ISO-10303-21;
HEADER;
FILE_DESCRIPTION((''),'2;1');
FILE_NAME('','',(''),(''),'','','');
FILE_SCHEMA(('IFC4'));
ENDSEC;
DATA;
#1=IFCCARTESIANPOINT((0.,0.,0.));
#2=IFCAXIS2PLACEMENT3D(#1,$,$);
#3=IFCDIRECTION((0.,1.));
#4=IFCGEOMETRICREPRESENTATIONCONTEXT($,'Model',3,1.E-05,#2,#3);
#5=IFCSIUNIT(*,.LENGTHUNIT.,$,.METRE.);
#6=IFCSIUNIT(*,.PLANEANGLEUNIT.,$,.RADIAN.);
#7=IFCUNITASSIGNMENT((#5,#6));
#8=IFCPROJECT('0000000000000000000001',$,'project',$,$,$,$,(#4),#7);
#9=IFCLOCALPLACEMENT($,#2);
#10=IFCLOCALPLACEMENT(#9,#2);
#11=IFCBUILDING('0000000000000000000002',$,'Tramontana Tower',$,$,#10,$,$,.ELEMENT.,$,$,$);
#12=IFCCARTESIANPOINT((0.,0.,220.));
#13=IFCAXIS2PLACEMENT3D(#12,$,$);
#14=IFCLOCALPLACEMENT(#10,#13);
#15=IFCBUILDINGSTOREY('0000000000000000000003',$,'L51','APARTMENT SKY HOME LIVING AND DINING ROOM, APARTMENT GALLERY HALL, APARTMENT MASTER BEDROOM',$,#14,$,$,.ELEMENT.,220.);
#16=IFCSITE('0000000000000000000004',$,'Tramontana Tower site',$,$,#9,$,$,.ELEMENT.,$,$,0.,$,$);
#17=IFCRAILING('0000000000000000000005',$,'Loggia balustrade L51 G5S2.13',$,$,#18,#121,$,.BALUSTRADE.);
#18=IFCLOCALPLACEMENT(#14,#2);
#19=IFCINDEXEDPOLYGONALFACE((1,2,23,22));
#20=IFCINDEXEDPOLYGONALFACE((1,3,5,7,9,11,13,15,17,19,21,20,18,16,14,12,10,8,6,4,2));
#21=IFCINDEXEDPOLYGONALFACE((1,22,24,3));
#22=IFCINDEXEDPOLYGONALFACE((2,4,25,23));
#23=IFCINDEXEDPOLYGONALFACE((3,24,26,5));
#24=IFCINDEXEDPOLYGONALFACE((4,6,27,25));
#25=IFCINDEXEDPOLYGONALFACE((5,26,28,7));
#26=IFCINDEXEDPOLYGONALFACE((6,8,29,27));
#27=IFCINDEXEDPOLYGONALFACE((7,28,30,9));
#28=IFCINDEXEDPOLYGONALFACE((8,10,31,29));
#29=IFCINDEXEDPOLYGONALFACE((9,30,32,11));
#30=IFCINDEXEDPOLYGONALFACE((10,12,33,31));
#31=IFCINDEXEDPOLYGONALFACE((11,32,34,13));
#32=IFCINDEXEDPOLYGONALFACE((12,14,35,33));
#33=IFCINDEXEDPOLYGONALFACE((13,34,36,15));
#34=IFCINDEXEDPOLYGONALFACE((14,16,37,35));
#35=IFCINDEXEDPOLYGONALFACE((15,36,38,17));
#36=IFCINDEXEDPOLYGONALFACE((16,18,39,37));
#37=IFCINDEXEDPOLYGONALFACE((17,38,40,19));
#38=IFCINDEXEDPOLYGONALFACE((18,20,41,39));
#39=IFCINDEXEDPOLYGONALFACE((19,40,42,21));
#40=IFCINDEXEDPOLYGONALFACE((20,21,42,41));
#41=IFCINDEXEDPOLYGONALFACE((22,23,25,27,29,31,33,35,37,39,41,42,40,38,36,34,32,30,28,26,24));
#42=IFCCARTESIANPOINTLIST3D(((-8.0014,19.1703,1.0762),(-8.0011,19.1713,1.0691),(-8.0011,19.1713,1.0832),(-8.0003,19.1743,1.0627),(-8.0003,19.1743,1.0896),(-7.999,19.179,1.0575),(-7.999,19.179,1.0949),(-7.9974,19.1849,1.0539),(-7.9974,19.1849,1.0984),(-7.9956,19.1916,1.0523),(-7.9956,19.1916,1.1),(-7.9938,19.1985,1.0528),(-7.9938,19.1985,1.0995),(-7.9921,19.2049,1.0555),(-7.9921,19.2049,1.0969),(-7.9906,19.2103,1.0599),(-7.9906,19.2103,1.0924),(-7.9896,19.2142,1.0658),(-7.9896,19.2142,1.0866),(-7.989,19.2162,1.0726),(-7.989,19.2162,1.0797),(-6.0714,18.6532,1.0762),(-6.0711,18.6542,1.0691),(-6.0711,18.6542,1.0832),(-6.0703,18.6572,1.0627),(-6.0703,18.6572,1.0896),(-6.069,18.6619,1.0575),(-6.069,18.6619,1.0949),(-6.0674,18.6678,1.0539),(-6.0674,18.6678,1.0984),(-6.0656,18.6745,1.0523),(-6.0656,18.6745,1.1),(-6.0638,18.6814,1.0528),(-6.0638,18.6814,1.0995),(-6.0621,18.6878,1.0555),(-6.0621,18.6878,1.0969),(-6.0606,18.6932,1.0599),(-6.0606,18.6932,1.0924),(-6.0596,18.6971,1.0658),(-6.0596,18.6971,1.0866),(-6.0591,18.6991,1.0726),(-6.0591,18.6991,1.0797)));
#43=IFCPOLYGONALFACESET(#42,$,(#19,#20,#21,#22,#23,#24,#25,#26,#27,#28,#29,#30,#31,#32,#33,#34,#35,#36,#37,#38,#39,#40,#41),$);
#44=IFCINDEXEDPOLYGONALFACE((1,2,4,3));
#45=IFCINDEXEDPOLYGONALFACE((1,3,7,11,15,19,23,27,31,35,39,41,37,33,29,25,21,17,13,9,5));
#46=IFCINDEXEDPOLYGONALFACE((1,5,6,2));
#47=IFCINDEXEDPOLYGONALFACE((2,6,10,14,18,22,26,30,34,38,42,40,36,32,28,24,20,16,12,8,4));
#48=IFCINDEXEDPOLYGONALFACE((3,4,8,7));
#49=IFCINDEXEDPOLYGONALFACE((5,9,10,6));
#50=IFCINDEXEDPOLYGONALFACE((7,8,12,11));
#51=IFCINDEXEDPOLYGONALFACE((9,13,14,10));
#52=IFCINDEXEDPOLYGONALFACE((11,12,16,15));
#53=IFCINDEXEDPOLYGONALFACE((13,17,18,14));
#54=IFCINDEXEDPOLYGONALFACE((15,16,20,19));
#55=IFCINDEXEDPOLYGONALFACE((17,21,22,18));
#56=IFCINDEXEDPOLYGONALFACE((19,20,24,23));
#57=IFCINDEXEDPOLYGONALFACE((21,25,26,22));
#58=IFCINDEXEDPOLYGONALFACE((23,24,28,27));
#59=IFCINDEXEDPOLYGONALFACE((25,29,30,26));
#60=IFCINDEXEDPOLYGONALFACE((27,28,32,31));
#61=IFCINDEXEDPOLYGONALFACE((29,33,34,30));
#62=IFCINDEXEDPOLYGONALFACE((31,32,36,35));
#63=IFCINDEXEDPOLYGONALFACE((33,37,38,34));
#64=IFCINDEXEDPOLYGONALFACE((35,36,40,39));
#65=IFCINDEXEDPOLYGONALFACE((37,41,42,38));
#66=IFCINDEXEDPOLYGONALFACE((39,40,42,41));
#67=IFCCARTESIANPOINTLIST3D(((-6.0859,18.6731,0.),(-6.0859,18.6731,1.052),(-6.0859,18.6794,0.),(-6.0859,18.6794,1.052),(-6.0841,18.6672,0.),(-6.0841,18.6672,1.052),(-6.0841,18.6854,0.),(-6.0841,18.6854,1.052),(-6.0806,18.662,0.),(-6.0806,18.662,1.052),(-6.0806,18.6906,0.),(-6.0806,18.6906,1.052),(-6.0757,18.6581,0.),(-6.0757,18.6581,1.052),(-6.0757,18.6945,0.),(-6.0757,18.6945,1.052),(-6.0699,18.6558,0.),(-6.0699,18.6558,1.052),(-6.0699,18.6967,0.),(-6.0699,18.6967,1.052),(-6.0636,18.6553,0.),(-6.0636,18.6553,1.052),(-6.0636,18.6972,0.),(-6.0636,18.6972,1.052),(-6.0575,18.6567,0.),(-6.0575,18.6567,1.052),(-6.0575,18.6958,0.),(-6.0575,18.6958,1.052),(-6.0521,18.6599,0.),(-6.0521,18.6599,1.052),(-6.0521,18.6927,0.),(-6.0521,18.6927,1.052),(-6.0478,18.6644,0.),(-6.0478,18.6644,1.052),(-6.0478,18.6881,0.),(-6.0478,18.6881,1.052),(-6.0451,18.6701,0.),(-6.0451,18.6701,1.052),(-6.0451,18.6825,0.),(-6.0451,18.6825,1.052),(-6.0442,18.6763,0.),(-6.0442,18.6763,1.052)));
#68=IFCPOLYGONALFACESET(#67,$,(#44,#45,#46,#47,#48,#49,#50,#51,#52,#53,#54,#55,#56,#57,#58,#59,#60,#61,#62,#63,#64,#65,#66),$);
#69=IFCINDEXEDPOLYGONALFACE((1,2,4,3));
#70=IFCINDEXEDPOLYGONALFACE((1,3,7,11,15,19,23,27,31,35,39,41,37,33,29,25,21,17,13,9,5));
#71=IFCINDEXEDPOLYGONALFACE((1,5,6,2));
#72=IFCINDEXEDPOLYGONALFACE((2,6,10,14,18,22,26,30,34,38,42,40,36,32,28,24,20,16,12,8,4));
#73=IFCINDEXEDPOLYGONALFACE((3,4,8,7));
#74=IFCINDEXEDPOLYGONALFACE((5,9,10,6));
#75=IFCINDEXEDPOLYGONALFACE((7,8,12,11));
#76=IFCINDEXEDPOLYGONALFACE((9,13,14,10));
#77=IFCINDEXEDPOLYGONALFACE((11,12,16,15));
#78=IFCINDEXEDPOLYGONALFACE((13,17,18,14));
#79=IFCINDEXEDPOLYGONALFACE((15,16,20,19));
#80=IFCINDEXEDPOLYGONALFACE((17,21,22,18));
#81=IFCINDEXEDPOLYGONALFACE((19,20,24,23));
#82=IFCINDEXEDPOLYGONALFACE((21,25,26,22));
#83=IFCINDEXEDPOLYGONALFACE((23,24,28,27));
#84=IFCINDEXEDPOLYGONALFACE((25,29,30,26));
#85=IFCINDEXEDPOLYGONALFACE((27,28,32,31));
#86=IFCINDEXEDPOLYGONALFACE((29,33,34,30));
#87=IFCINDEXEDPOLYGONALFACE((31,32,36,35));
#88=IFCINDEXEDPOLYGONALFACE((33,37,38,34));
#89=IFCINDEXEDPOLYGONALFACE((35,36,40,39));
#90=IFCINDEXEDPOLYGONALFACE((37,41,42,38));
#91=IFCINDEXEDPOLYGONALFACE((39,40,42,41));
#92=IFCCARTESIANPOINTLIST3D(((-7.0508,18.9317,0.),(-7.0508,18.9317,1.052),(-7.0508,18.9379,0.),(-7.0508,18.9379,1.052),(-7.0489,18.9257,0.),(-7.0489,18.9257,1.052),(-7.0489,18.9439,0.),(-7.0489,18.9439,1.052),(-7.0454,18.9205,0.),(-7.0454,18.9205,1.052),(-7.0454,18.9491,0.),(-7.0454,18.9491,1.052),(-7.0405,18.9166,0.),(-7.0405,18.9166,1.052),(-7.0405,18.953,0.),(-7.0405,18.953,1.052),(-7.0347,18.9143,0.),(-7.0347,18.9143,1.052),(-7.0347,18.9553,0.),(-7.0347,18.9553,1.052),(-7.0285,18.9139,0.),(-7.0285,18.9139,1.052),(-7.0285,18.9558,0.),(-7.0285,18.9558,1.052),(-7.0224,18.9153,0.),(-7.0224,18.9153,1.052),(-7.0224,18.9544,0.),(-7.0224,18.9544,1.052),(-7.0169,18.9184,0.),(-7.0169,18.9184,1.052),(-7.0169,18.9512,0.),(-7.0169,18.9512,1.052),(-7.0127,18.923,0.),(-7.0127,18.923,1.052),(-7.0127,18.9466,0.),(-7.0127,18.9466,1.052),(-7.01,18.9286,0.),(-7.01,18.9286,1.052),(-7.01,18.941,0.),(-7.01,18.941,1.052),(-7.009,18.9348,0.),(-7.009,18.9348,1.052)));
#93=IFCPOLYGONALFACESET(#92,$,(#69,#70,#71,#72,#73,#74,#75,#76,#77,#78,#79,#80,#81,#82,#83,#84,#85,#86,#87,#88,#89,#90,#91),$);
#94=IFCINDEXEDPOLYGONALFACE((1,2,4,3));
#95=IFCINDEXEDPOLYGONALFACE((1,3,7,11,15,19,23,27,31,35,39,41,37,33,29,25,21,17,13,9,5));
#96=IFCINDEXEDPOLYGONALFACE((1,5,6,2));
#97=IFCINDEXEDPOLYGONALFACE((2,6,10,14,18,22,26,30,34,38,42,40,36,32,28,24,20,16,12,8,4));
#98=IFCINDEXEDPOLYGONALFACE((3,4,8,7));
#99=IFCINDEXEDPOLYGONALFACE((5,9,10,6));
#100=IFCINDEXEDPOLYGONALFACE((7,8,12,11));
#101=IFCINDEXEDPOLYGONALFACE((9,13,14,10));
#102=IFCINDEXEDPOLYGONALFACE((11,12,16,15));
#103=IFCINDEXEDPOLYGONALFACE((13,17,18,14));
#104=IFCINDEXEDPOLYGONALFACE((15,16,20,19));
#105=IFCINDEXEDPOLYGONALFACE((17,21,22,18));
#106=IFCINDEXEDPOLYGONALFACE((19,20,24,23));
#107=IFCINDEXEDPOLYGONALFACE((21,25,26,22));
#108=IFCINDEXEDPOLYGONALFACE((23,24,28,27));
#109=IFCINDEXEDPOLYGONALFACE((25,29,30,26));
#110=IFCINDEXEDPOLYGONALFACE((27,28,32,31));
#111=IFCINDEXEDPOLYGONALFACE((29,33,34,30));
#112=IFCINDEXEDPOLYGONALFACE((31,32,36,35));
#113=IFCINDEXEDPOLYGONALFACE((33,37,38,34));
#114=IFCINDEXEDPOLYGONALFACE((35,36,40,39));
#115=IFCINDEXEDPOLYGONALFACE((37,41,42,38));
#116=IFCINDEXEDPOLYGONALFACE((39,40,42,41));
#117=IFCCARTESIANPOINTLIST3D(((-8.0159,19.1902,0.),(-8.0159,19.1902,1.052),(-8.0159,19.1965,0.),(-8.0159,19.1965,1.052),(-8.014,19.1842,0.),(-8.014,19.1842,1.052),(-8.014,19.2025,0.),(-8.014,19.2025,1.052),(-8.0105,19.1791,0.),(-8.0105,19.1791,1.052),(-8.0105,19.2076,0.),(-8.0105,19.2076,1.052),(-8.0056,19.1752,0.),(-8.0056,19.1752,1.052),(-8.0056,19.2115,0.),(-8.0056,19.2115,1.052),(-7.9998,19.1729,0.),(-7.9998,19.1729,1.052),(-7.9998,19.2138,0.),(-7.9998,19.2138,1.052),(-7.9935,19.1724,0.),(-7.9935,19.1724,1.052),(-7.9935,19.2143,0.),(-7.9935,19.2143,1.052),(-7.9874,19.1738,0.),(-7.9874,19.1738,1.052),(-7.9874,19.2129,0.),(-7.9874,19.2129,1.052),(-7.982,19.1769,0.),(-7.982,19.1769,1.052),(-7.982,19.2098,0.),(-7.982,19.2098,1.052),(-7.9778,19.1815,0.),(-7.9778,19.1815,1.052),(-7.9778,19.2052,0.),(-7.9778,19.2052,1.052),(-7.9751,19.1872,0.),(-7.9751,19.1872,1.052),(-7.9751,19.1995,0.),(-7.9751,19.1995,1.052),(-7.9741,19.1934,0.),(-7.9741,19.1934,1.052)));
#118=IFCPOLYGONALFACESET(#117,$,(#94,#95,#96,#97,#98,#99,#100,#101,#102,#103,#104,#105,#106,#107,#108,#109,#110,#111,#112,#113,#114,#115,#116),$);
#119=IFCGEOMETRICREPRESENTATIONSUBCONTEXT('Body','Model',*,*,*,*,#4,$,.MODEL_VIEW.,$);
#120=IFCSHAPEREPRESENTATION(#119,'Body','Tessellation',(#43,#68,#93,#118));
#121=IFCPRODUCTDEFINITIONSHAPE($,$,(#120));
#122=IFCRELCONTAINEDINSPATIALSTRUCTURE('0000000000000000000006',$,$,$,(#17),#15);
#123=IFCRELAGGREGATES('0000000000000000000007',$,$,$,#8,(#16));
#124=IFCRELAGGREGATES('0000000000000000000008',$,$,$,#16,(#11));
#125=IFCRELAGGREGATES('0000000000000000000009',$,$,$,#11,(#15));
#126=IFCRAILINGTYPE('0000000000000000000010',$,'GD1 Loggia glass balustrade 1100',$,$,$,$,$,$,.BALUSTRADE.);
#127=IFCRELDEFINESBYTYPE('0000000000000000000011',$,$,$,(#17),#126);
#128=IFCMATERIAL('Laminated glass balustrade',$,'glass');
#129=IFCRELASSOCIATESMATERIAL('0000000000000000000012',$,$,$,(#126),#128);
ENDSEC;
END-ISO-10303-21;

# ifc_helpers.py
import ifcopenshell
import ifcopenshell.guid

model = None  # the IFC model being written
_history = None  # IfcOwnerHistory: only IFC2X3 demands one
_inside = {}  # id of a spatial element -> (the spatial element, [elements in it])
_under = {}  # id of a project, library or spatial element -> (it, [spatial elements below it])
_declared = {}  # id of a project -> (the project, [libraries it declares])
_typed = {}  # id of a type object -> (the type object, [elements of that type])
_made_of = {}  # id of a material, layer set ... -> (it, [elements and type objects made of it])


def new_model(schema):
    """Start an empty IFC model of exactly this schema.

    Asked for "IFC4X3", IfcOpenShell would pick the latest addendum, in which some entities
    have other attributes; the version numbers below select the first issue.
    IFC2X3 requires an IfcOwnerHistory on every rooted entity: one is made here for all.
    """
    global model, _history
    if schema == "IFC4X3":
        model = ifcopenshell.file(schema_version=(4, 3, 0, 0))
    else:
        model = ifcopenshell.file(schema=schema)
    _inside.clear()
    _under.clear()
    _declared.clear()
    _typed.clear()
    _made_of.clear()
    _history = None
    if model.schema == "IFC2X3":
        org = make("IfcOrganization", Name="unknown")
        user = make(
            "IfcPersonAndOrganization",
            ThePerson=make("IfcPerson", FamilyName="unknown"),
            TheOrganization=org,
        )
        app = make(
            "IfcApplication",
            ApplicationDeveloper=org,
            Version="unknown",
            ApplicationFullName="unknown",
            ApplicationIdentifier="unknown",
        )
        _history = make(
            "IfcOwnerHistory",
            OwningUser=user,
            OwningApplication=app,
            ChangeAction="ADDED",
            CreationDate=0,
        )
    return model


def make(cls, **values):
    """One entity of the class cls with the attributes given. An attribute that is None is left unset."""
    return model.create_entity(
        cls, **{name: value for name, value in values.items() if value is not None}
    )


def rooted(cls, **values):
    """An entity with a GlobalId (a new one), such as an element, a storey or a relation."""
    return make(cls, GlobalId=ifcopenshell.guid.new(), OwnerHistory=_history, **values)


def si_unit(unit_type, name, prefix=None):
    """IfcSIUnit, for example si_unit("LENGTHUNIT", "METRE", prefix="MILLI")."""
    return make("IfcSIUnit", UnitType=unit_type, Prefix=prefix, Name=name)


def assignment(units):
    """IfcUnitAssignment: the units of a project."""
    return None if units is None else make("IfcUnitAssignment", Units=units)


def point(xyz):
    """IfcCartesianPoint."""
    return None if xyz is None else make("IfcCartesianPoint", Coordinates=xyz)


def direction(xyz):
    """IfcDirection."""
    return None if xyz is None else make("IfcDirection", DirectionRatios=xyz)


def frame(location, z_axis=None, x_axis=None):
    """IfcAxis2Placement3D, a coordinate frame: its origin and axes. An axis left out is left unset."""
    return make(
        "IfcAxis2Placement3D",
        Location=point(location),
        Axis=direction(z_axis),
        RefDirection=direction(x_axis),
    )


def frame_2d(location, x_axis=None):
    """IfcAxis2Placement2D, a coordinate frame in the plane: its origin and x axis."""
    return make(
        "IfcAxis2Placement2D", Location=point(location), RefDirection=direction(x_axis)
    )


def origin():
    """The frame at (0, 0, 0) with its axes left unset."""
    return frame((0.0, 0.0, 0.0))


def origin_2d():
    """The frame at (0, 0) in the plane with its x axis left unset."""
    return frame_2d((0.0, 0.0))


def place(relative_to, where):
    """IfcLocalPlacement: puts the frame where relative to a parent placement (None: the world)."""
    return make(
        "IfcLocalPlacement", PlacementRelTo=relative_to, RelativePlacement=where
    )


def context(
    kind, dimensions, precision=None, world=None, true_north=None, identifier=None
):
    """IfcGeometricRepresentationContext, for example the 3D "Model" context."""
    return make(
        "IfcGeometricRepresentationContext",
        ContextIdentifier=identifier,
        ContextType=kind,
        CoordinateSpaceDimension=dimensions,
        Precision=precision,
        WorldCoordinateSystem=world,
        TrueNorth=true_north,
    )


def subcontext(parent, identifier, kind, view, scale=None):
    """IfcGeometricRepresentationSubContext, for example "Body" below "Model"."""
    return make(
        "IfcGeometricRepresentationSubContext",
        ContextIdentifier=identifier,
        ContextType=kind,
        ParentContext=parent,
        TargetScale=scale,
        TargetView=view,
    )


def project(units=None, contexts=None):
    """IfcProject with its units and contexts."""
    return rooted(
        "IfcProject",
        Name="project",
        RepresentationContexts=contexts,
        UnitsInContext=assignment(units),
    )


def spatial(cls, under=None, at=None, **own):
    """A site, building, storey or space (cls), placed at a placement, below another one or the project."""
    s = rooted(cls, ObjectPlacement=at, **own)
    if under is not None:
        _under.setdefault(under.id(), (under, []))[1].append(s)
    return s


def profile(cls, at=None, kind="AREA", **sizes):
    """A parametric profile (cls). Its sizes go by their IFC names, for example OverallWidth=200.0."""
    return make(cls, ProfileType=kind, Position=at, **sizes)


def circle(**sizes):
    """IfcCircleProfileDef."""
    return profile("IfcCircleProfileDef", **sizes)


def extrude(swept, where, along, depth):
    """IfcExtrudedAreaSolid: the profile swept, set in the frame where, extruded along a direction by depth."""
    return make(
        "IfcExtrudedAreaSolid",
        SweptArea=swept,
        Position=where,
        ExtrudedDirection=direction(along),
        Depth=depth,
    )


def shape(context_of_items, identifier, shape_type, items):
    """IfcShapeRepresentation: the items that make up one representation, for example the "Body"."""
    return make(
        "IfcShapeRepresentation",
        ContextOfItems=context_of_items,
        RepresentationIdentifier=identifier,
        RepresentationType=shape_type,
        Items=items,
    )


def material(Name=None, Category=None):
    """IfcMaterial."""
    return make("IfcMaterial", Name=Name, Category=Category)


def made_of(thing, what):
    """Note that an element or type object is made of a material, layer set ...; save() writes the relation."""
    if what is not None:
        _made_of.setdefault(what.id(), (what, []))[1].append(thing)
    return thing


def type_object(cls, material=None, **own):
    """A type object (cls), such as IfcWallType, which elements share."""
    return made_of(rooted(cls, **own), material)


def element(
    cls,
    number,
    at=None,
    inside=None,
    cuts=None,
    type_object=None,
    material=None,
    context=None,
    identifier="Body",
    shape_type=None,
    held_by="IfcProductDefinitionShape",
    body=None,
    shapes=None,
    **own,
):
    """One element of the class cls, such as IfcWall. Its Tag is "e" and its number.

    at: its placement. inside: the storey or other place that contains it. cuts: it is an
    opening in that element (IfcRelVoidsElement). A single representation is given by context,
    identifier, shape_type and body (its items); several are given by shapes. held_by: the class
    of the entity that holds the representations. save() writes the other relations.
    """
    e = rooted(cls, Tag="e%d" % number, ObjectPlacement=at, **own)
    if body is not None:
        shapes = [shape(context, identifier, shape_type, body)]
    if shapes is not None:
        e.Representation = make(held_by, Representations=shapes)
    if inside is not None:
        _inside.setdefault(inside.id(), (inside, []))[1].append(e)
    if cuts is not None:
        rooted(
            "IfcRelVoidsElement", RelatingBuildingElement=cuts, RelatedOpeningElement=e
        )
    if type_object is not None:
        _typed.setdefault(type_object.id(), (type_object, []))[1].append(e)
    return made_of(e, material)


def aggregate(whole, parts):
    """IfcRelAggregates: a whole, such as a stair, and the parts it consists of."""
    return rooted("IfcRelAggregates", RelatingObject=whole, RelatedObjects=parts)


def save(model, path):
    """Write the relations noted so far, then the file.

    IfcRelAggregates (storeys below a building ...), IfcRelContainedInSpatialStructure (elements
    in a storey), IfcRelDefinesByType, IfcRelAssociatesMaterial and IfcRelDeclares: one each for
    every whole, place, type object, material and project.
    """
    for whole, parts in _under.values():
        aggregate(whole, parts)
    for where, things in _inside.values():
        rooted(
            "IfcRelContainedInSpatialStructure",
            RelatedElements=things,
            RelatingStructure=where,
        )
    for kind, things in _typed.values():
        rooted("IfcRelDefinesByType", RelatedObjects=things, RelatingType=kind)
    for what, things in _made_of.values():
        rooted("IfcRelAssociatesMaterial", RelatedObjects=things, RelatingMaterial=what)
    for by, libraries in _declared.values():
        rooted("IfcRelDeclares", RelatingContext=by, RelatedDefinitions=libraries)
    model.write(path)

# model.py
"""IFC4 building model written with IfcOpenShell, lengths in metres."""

from ifc_helpers import new_model, si_unit, direction, frame, origin, origin_2d, place, context, subcontext, project, spatial, circle, extrude, material, type_object, element, save


model = new_model("IFC4")

# Units and contexts
model_context = context("Model", 3, precision=1e-05, world=origin(), true_north=direction((0.0, 1.0)))
body_context = subcontext(model_context, "Body", "Model", "MODEL_VIEW")
ifc_project = project(units=[si_unit("LENGTHUNIT", "METRE"), si_unit("PLANEANGLEUNIT", "RADIAN")], contexts=[model_context])

# Site, building, storey
site_placement = place(None, origin())
site = spatial("IfcSite", under=ifc_project, at=site_placement, Name="Tramontana Tower site", CompositionType="ELEMENT", RefElevation=0.0)
building_placement = place(site_placement, origin())
building = spatial("IfcBuilding", under=site, at=building_placement, Name="Tramontana Tower", CompositionType="ELEMENT")
storey_placement = place(building_placement, frame((0.0, 0.0, 220.0)))
storey = spatial("IfcBuildingStorey", under=building, at=storey_placement, Name="L51", Description="APARTMENT SKY HOME LIVING AND DINING ROOM, APARTMENT GALLERY HALL, APARTMENT MASTER BEDROOM", CompositionType="ELEMENT", Elevation=220.0)

# Railing
ifc_material_1 = material(Name="Laminated glass balustrade", Category="glass")
railing_type = type_object("IfcRailingType", Name="GD1 Loggia glass balustrade 1100", PredefinedType="BALUSTRADE", material=ifc_material_1)
railing_placement = place(storey_placement, frame((-6.0652, 18.6763, 0.0)))
element("IfcRailing", 1, at=railing_placement, inside=storey, type_object=railing_type, Name="Loggia balustrade L51 G5S2.13", PredefinedType="BALUSTRADE", context=body_context, shape_type="SweptSolid", body=[
    extrude(circle(Radius=0.0239, at=origin_2d()), frame((0.0, 0.0, 1.0762), z_axis=(-0.96593, 0.258803, 0.0), x_axis=(-0.258803, -0.96593, 0.0)), (0.0, 0.0, 1.0), 1.998),
    extrude(circle(Radius=0.021, at=origin_2d()), origin(), (0.0, 0.0, 1.0), 1.052),
    extrude(circle(Radius=0.021, at=origin_2d()), frame((-0.9648, 0.2585, 0.0)), (0.0, 0.0, 1.0), 1.052),
    extrude(circle(Radius=0.021, at=origin_2d()), frame((-1.9299, 0.5171, 0.0)), (0.0, 0.0, 1.0), 1.052),
])

save(model, "model.ifc")
